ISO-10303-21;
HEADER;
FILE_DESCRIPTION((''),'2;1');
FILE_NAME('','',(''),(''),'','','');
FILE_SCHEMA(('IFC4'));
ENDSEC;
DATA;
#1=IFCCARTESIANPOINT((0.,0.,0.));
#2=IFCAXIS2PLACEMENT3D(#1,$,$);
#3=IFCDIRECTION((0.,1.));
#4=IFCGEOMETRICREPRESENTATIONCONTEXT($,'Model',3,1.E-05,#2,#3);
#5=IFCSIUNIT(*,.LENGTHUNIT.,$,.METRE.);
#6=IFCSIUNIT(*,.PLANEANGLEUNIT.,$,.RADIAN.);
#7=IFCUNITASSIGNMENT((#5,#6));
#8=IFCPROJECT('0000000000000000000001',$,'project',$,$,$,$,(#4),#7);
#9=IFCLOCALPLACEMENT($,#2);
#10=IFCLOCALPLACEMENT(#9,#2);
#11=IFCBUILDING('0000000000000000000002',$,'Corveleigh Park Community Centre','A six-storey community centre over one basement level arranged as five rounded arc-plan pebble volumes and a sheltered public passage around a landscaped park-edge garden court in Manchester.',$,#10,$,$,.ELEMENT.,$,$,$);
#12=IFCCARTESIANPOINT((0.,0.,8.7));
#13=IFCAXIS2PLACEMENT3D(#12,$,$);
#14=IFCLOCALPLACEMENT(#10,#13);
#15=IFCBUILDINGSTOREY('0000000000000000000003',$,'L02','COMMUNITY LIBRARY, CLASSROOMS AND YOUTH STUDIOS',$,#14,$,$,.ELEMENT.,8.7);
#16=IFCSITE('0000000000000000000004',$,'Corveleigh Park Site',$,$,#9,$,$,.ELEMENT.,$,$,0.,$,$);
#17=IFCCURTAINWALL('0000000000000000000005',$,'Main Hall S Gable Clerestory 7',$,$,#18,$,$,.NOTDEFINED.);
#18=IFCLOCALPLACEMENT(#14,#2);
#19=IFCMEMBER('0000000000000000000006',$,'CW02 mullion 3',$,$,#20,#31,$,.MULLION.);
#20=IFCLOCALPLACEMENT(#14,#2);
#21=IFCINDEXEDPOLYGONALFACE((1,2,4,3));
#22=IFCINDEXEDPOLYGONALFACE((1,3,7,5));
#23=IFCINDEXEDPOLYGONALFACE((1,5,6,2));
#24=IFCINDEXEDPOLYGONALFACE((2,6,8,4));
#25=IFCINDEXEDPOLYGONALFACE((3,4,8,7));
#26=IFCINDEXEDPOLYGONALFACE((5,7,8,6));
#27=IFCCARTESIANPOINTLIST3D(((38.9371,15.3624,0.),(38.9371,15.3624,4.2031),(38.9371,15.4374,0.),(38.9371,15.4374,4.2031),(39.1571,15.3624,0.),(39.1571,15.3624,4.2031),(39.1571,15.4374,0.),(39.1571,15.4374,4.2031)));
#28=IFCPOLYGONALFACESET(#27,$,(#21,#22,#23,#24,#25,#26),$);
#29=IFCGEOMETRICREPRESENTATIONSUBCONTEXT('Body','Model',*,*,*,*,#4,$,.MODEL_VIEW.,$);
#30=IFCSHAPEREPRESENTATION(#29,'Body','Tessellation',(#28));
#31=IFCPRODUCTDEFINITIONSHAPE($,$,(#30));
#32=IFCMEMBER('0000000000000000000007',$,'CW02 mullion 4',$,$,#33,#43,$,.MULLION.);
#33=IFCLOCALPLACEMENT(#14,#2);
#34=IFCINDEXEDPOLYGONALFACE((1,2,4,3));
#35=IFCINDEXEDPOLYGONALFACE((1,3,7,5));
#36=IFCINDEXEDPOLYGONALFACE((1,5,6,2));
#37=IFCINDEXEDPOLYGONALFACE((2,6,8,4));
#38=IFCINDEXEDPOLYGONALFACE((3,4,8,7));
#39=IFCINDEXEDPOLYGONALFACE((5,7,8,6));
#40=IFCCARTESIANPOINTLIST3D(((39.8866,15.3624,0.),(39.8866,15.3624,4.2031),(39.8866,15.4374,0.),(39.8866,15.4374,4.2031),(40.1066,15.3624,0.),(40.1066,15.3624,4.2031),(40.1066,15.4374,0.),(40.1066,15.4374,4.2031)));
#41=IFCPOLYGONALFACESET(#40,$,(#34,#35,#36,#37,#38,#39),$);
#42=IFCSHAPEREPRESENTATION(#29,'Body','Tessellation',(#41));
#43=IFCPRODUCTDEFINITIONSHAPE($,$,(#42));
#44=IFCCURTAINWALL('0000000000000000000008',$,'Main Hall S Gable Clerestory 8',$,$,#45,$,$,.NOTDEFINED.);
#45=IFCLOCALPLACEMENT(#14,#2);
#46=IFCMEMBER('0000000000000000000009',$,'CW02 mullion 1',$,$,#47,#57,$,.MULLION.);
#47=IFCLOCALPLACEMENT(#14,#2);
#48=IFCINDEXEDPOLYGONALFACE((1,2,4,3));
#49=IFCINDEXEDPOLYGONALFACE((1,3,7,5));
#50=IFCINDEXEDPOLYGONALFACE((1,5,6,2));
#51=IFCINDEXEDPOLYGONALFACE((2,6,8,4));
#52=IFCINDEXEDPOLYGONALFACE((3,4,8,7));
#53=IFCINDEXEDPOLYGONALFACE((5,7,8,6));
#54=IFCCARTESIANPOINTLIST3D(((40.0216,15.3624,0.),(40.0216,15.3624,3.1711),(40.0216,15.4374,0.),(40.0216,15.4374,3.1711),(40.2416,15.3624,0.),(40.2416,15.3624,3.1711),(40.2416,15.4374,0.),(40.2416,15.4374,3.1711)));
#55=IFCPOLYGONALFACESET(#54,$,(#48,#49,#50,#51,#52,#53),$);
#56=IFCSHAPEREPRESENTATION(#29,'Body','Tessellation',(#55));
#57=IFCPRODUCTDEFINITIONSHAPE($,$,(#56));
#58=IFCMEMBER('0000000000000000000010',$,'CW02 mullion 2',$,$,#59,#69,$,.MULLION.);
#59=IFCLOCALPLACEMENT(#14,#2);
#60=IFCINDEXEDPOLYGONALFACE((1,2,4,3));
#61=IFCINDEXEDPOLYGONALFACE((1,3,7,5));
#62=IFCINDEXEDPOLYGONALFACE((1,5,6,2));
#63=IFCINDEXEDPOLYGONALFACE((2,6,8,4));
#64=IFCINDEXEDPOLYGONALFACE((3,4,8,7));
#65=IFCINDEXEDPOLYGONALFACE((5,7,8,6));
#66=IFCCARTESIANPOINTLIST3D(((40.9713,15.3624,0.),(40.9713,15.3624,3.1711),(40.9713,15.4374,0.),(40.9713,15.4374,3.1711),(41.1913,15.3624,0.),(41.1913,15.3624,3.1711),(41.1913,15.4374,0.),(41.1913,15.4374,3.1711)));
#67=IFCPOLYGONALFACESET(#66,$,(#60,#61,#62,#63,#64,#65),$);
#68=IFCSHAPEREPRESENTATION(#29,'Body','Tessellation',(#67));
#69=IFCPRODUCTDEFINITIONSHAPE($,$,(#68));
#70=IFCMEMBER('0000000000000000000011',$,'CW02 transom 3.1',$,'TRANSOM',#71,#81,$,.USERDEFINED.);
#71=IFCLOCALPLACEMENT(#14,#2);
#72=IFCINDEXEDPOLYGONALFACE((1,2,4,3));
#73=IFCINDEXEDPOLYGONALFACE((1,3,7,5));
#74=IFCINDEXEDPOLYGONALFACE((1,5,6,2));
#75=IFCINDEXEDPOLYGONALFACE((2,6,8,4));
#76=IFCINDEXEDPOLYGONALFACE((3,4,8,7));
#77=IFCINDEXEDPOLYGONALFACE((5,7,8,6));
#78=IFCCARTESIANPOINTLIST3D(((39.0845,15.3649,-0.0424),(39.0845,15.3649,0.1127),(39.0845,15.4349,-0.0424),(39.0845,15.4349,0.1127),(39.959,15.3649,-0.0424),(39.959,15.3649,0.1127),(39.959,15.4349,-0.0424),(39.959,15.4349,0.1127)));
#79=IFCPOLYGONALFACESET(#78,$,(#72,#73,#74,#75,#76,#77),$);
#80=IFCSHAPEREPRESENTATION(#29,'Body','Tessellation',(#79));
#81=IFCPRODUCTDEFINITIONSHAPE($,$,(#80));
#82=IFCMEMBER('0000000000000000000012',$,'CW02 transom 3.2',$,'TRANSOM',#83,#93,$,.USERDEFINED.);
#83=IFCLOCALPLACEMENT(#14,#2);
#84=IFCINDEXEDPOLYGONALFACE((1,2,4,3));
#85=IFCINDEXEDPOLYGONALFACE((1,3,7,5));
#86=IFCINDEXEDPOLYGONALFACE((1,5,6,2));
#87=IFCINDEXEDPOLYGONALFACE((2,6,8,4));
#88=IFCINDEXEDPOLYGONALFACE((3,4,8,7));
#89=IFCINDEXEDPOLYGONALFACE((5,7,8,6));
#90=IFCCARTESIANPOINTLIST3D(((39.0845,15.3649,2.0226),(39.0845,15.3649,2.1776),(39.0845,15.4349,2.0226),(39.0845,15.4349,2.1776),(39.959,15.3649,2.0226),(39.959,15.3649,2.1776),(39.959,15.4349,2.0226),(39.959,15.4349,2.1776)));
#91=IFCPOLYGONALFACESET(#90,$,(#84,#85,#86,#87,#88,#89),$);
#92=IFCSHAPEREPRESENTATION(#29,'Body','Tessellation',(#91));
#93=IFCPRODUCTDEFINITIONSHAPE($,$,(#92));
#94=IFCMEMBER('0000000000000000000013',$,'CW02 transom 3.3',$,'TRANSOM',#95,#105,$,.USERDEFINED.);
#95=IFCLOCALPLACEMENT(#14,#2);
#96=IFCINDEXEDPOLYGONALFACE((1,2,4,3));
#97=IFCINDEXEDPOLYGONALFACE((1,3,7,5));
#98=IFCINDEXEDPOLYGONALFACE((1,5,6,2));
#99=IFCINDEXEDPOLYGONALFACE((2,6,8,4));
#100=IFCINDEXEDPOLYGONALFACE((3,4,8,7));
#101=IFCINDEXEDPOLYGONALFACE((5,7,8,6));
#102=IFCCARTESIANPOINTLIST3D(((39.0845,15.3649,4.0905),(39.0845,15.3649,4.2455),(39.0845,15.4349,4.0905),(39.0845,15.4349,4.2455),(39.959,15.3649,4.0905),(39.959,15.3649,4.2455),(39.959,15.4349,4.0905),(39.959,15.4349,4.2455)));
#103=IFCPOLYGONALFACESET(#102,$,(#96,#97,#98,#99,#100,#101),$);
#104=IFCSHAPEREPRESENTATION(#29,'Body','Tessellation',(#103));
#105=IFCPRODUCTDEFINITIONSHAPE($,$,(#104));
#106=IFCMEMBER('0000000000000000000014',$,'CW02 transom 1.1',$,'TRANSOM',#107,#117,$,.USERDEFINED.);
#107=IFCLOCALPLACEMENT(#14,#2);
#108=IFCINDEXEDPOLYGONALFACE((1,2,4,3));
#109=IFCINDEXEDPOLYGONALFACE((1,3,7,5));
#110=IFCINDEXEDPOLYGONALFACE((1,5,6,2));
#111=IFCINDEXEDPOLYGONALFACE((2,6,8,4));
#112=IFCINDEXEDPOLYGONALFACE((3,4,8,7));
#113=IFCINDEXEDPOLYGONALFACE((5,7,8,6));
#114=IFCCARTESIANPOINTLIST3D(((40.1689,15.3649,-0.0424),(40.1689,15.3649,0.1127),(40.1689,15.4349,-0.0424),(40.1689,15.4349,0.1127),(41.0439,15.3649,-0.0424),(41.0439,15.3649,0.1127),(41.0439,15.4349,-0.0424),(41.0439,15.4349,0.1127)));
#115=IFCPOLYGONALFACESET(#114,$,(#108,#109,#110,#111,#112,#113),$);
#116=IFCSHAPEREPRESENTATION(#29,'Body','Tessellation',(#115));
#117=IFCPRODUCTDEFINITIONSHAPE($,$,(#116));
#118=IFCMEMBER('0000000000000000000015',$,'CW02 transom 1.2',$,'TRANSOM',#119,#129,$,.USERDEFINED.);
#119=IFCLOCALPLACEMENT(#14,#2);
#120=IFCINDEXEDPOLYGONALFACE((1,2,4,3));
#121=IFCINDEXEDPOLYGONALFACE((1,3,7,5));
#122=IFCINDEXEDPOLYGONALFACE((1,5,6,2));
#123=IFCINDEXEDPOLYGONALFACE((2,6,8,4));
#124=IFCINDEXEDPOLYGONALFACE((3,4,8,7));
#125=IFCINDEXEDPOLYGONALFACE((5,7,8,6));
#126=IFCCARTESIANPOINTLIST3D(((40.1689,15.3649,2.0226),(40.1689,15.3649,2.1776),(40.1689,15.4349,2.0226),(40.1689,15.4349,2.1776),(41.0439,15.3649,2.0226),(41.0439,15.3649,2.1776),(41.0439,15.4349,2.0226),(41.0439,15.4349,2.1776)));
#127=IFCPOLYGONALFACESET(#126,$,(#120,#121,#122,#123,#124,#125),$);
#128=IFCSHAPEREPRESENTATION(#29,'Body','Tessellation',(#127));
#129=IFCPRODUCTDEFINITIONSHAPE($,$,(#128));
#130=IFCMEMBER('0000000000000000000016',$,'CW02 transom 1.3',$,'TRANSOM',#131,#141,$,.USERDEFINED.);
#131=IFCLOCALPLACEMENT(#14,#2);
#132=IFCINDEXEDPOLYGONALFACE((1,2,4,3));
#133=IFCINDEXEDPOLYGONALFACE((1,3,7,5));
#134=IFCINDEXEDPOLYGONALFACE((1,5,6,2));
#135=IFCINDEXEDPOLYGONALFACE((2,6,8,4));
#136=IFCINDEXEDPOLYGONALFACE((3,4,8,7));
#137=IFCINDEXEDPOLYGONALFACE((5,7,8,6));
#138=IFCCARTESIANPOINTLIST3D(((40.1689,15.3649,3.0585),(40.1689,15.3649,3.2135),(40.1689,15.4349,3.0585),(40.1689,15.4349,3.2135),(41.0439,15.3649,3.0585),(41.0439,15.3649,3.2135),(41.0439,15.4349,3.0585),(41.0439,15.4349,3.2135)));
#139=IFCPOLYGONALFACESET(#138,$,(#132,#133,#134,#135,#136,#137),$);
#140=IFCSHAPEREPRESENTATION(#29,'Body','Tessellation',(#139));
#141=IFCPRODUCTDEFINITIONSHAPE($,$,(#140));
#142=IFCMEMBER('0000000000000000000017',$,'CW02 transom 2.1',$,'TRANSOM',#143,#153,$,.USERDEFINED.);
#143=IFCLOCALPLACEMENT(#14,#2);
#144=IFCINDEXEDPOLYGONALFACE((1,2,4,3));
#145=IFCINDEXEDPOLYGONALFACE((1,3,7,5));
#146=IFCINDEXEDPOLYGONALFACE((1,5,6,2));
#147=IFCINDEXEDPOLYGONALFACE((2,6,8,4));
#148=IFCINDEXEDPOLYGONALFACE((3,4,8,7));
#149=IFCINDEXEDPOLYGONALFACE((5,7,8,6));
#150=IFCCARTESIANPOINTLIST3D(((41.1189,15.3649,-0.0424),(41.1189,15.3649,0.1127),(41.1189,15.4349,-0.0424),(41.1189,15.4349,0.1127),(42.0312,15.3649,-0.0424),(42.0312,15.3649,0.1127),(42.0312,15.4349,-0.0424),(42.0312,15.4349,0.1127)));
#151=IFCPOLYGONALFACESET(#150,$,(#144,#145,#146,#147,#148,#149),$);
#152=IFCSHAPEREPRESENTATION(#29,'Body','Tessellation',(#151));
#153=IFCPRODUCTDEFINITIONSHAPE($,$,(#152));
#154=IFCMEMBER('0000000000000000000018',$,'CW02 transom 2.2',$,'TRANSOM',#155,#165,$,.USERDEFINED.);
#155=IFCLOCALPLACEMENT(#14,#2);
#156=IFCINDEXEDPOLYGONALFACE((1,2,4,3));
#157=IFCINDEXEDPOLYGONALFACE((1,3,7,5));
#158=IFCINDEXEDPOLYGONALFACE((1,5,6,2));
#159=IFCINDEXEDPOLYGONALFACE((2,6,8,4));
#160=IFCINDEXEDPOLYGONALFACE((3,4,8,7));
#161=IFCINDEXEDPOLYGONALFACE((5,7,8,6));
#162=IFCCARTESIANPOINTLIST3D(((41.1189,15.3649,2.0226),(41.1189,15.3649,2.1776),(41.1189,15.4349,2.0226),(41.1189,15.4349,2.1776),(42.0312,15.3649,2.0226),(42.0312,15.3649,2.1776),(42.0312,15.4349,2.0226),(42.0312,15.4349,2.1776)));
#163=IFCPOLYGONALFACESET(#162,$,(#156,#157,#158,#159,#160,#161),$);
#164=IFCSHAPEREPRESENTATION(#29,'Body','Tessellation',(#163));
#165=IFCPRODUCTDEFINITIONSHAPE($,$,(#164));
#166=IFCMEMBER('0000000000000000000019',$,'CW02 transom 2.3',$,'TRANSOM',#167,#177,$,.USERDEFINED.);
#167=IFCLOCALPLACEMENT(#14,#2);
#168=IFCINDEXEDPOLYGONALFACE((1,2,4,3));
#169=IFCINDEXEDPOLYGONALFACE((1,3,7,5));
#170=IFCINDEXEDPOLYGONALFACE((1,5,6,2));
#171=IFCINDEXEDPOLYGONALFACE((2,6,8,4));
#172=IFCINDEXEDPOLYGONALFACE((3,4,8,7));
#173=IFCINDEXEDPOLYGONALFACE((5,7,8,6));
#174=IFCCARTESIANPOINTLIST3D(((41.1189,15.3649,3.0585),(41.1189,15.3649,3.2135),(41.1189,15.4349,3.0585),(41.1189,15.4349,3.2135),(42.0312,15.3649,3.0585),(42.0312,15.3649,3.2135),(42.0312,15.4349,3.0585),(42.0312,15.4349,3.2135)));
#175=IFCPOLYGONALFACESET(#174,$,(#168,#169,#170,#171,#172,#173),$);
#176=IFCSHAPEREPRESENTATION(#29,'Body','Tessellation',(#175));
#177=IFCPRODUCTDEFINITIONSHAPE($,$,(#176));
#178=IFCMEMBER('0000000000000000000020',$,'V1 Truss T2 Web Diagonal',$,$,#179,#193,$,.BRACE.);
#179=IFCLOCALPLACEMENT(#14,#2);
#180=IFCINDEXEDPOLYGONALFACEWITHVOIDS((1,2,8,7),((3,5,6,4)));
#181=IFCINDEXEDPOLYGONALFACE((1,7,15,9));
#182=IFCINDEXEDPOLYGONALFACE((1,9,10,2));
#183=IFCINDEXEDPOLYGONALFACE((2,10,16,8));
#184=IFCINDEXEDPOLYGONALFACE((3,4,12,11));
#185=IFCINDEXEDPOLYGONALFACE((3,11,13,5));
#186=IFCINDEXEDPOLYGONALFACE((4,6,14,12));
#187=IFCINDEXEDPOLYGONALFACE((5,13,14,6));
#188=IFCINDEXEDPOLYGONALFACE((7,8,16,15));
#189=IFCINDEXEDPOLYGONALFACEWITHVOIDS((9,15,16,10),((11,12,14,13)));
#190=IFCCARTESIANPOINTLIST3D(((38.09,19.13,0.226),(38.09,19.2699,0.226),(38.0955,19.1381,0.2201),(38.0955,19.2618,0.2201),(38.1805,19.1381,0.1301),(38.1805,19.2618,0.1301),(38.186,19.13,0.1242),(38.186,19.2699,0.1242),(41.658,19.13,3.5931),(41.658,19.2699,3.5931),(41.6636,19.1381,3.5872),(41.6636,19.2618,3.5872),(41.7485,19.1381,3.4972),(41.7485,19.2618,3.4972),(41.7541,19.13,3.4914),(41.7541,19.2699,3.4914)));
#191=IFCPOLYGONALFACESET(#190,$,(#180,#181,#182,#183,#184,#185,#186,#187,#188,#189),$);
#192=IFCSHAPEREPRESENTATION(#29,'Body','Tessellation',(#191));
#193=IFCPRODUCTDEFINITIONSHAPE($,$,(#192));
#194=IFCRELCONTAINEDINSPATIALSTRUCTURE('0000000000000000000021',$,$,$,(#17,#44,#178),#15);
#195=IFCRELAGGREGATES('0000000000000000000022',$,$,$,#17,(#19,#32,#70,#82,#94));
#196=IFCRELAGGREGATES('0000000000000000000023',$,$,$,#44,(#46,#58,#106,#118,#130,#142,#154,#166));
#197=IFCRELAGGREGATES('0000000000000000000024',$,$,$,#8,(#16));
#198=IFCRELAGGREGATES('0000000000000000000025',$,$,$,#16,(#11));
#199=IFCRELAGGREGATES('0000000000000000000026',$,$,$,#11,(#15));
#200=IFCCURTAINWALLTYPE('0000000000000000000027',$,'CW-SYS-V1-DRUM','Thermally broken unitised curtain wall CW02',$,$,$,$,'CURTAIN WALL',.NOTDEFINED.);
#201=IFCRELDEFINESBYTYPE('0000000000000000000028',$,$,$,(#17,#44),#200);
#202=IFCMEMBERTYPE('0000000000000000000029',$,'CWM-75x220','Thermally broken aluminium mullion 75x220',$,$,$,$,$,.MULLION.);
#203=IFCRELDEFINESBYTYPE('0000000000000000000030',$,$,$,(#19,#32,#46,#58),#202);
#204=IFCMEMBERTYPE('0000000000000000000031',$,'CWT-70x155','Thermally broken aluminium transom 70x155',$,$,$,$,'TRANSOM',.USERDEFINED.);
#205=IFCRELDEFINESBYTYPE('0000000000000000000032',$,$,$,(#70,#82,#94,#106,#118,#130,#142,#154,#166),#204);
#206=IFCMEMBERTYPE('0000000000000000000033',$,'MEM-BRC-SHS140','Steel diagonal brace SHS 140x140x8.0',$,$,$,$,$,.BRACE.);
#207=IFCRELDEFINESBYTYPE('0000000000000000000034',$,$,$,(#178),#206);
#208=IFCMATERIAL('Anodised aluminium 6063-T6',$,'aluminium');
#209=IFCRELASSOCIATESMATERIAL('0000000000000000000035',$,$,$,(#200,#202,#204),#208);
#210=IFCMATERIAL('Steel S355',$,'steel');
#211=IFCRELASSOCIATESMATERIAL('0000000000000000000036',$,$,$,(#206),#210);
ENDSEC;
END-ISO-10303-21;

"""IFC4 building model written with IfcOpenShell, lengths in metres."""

from ifc_helpers import new_model, si_unit, direction, frame, origin, origin_2d, place, context, subcontext, project, spatial, rectangle, hollow_rectangle, extrude, material, material_profile, profile_set, type_object, element, aggregate, save


model = new_model("IFC4")

# Units and contexts
model_context = context("Model", 3, precision=1e-05, world=origin(), true_north=direction((0.0, 1.0)))
body_context = subcontext(model_context, "Body", "Model", "MODEL_VIEW")
ifc_project = project(units=[si_unit("LENGTHUNIT", "METRE"), si_unit("PLANEANGLEUNIT", "RADIAN")], contexts=[model_context])

# Site, building, storey
site_placement = place(None, origin())
site = spatial("IfcSite", under=ifc_project, at=site_placement, Name="Corveleigh Park Site", CompositionType="ELEMENT", RefElevation=0.0)
building_placement = place(site_placement, origin())
building = spatial("IfcBuilding", under=site, at=building_placement, Name="Corveleigh Park Community Centre", Description="A six-storey community centre over one basement level arranged as five rounded arc-plan pebble volumes and a sheltered public passage around a landscaped park-edge garden court in Manchester.", CompositionType="ELEMENT")
storey_placement = place(building_placement, frame((0.0, 0.0, 8.7)))
storey = spatial("IfcBuildingStorey", under=building, at=storey_placement, Name="L02", Description="COMMUNITY LIBRARY, CLASSROOMS AND YOUTH STUDIOS", CompositionType="ELEMENT", Elevation=8.7)

# Curtain walls, members
ifc_material_1 = material(Name="Anodised aluminium 6063-T6", Category="aluminium")
curtain_wall_type = type_object("IfcCurtainWallType", Name="CW-SYS-V1-DRUM", Description="Thermally broken unitised curtain wall CW02", ElementType="CURTAIN WALL", PredefinedType="NOTDEFINED", material=ifc_material_1)
curtain_wall_1_placement = place(storey_placement, origin())
curtain_wall_1 = element("IfcCurtainWall", 1, at=curtain_wall_1_placement, inside=storey, type_object=curtain_wall_type, Name="Main Hall S Gable Clerestory 7", PredefinedType="NOTDEFINED")
ifc_material_profile_1 = material_profile(ifc_material_1, rectangle(XDim=0.075, YDim=0.22, at=origin_2d()), Name="ALU-M75x220", Category="aluminium")
ifc_profile_set_1 = profile_set([ifc_material_profile_1], Name="Anodised aluminium 6063-T6")
member_type_1 = type_object("IfcMemberType", Name="CWM-75x220", Description="Thermally broken aluminium mullion 75x220", PredefinedType="MULLION", material=ifc_profile_set_1)
member_1_placement = place(storey_placement, frame((39.0471, 15.3999, 0.0), z_axis=(0.0, 0.0, 1.0), x_axis=(0.0, 1.0, 0.0)))
member_1 = element("IfcMember", 2, at=member_1_placement, type_object=member_type_1, Name="CW02 mullion 3", PredefinedType="MULLION", context=body_context, shape_type="SweptSolid", body=[
    extrude(rectangle(XDim=0.075, YDim=0.22, at=origin_2d()), origin(), (0.0, 0.0, 1.0), 4.2031),
])
member_2_placement = place(storey_placement, frame((39.9966, 15.3999, 0.0), z_axis=(0.0, 0.0, 1.0), x_axis=(0.0, 1.0, 0.0)))
member_2 = element("IfcMember", 3, at=member_2_placement, type_object=member_type_1, Name="CW02 mullion 4", PredefinedType="MULLION", context=body_context, shape_type="SweptSolid", body=[
    extrude(rectangle(XDim=0.075, YDim=0.22, at=origin_2d()), origin(), (0.0, 0.0, 1.0), 4.2031),
])
curtain_wall_2_placement = place(storey_placement, origin())
curtain_wall_2 = element("IfcCurtainWall", 4, at=curtain_wall_2_placement, inside=storey, type_object=curtain_wall_type, Name="Main Hall S Gable Clerestory 8", PredefinedType="NOTDEFINED")
member_3_placement = place(storey_placement, frame((40.1316, 15.3999, 0.0), z_axis=(0.0, 0.0, 1.0), x_axis=(0.0, 1.0, 0.0)))
member_3 = element("IfcMember", 5, at=member_3_placement, type_object=member_type_1, Name="CW02 mullion 1", PredefinedType="MULLION", context=body_context, shape_type="SweptSolid", body=[
    extrude(rectangle(XDim=0.075, YDim=0.22, at=origin_2d()), origin(), (0.0, 0.0, 1.0), 3.1711),
])
member_4_placement = place(storey_placement, frame((41.0813, 15.3999, 0.0), z_axis=(0.0, 0.0, 1.0), x_axis=(0.0, 1.0, 0.0)))
member_4 = element("IfcMember", 6, at=member_4_placement, type_object=member_type_1, Name="CW02 mullion 2", PredefinedType="MULLION", context=body_context, shape_type="SweptSolid", body=[
    extrude(rectangle(XDim=0.075, YDim=0.22, at=origin_2d()), origin(), (0.0, 0.0, 1.0), 3.1711),
])

# Members
ifc_material_profile_2 = material_profile(ifc_material_1, rectangle(XDim=0.0701, YDim=0.155, at=origin_2d()), Name="ALU-T70x155", Category="aluminium")
ifc_profile_set_2 = profile_set([ifc_material_profile_2], Name="Anodised aluminium 6063-T6")
member_type_2 = type_object("IfcMemberType", Name="CWT-70x155", Description="Thermally broken aluminium transom 70x155", ElementType="TRANSOM", PredefinedType="USERDEFINED", material=ifc_profile_set_2)
member_5_placement = place(storey_placement, frame((39.0845, 15.3999, 0.0352), z_axis=(1.0, 0.0, 0.0), x_axis=(0.0, 1.0, 0.0)))
member_5 = element("IfcMember", 7, at=member_5_placement, type_object=member_type_2, Name="CW02 transom 3.1", ObjectType="TRANSOM", PredefinedType="USERDEFINED", context=body_context, shape_type="SweptSolid", body=[
    extrude(rectangle(XDim=0.0701, YDim=0.155, at=origin_2d()), origin(), (0.0, 0.0, 1.0), 0.8745),
])
member_6_placement = place(storey_placement, frame((39.0845, 15.3999, 2.1001), z_axis=(1.0, 0.0, 0.0), x_axis=(0.0, 1.0, 0.0)))
member_6 = element("IfcMember", 8, at=member_6_placement, type_object=member_type_2, Name="CW02 transom 3.2", ObjectType="TRANSOM", PredefinedType="USERDEFINED", context=body_context, shape_type="SweptSolid", body=[
    extrude(rectangle(XDim=0.0701, YDim=0.155, at=origin_2d()), origin(), (0.0, 0.0, 1.0), 0.8745),
])
member_7_placement = place(storey_placement, frame((39.0845, 15.3999, 4.168), z_axis=(1.0, 0.0, 0.0), x_axis=(0.0, 1.0, 0.0)))
member_7 = element("IfcMember", 9, at=member_7_placement, type_object=member_type_2, Name="CW02 transom 3.3", ObjectType="TRANSOM", PredefinedType="USERDEFINED", context=body_context, shape_type="SweptSolid", body=[
    extrude(rectangle(XDim=0.0701, YDim=0.155, at=origin_2d()), origin(), (0.0, 0.0, 1.0), 0.8745),
])
member_8_placement = place(storey_placement, frame((40.1689, 15.3999, 0.0352), z_axis=(1.0, 0.0, 0.0), x_axis=(0.0, 1.0, 0.0)))
member_8 = element("IfcMember", 10, at=member_8_placement, type_object=member_type_2, Name="CW02 transom 1.1", ObjectType="TRANSOM", PredefinedType="USERDEFINED", context=body_context, shape_type="SweptSolid", body=[
    extrude(rectangle(XDim=0.0701, YDim=0.155, at=origin_2d()), origin(), (0.0, 0.0, 1.0), 0.875),
])
member_9_placement = place(storey_placement, frame((40.1689, 15.3999, 2.1001), z_axis=(1.0, 0.0, 0.0), x_axis=(0.0, 1.0, 0.0)))
member_9 = element("IfcMember", 11, at=member_9_placement, type_object=member_type_2, Name="CW02 transom 1.2", ObjectType="TRANSOM", PredefinedType="USERDEFINED", context=body_context, shape_type="SweptSolid", body=[
    extrude(rectangle(XDim=0.0701, YDim=0.155, at=origin_2d()), origin(), (0.0, 0.0, 1.0), 0.875),
])
member_10_placement = place(storey_placement, frame((40.1689, 15.3999, 3.136), z_axis=(1.0, 0.0, 0.0), x_axis=(0.0, 1.0, 0.0)))
member_10 = element("IfcMember", 12, at=member_10_placement, type_object=member_type_2, Name="CW02 transom 1.3", ObjectType="TRANSOM", PredefinedType="USERDEFINED", context=body_context, shape_type="SweptSolid", body=[
    extrude(rectangle(XDim=0.0701, YDim=0.155, at=origin_2d()), origin(), (0.0, 0.0, 1.0), 0.875),
])
member_11_placement = place(storey_placement, frame((41.1189, 15.3999, 0.0352), z_axis=(1.0, 0.0, 0.0), x_axis=(0.0, 1.0, 0.0)))
member_11 = element("IfcMember", 13, at=member_11_placement, type_object=member_type_2, Name="CW02 transom 2.1", ObjectType="TRANSOM", PredefinedType="USERDEFINED", context=body_context, shape_type="SweptSolid", body=[
    extrude(rectangle(XDim=0.0701, YDim=0.155, at=origin_2d()), origin(), (0.0, 0.0, 1.0), 0.9124),
])
member_12_placement = place(storey_placement, frame((41.1189, 15.3999, 2.1001), z_axis=(1.0, 0.0, 0.0), x_axis=(0.0, 1.0, 0.0)))
member_12 = element("IfcMember", 14, at=member_12_placement, type_object=member_type_2, Name="CW02 transom 2.2", ObjectType="TRANSOM", PredefinedType="USERDEFINED", context=body_context, shape_type="SweptSolid", body=[
    extrude(rectangle(XDim=0.0701, YDim=0.155, at=origin_2d()), origin(), (0.0, 0.0, 1.0), 0.9124),
])
member_13_placement = place(storey_placement, frame((41.1189, 15.3999, 3.136), z_axis=(1.0, 0.0, 0.0), x_axis=(0.0, 1.0, 0.0)))
member_13 = element("IfcMember", 15, at=member_13_placement, type_object=member_type_2, Name="CW02 transom 2.3", ObjectType="TRANSOM", PredefinedType="USERDEFINED", context=body_context, shape_type="SweptSolid", body=[
    extrude(rectangle(XDim=0.0701, YDim=0.155, at=origin_2d()), origin(), (0.0, 0.0, 1.0), 0.9124),
])

# Member
ifc_material_2 = material(Name="Steel S355", Category="steel")
ifc_material_profile_3 = material_profile(ifc_material_2, hollow_rectangle(XDim=0.1399, YDim=0.1399, WallThickness=0.0081, at=origin_2d()), Name="SHS 140x140x8.0", Category="steel")
ifc_profile_set_3 = profile_set([ifc_material_profile_3], Name="Steel S355")
member_type_3 = type_object("IfcMemberType", Name="MEM-BRC-SHS140", Description="Steel diagonal brace SHS 140x140x8.0", PredefinedType="BRACE", material=ifc_profile_set_3)
member_14_placement = place(storey_placement, frame((41.7061, 19.2, 3.5422), z_axis=(-0.727288, 0.0, -0.686333), x_axis=(0.0, -1.0, 0.0)))
element("IfcMember", 16, at=member_14_placement, inside=storey, type_object=member_type_3, Name="V1 Truss T2 Web Diagonal", PredefinedType="BRACE", context=body_context, shape_type="SweptSolid", body=[
    extrude(hollow_rectangle(XDim=0.1399, YDim=0.1399, WallThickness=0.0081, at=origin_2d()), origin(), (0.0, 0.0, 1.0), 4.906),
])

aggregate(curtain_wall_1, [member_1, member_2, member_5, member_6, member_7])
aggregate(curtain_wall_2, [member_3, member_4, member_8, member_9, member_10, member_11, member_12, member_13])

save(model, "model.ifc")
